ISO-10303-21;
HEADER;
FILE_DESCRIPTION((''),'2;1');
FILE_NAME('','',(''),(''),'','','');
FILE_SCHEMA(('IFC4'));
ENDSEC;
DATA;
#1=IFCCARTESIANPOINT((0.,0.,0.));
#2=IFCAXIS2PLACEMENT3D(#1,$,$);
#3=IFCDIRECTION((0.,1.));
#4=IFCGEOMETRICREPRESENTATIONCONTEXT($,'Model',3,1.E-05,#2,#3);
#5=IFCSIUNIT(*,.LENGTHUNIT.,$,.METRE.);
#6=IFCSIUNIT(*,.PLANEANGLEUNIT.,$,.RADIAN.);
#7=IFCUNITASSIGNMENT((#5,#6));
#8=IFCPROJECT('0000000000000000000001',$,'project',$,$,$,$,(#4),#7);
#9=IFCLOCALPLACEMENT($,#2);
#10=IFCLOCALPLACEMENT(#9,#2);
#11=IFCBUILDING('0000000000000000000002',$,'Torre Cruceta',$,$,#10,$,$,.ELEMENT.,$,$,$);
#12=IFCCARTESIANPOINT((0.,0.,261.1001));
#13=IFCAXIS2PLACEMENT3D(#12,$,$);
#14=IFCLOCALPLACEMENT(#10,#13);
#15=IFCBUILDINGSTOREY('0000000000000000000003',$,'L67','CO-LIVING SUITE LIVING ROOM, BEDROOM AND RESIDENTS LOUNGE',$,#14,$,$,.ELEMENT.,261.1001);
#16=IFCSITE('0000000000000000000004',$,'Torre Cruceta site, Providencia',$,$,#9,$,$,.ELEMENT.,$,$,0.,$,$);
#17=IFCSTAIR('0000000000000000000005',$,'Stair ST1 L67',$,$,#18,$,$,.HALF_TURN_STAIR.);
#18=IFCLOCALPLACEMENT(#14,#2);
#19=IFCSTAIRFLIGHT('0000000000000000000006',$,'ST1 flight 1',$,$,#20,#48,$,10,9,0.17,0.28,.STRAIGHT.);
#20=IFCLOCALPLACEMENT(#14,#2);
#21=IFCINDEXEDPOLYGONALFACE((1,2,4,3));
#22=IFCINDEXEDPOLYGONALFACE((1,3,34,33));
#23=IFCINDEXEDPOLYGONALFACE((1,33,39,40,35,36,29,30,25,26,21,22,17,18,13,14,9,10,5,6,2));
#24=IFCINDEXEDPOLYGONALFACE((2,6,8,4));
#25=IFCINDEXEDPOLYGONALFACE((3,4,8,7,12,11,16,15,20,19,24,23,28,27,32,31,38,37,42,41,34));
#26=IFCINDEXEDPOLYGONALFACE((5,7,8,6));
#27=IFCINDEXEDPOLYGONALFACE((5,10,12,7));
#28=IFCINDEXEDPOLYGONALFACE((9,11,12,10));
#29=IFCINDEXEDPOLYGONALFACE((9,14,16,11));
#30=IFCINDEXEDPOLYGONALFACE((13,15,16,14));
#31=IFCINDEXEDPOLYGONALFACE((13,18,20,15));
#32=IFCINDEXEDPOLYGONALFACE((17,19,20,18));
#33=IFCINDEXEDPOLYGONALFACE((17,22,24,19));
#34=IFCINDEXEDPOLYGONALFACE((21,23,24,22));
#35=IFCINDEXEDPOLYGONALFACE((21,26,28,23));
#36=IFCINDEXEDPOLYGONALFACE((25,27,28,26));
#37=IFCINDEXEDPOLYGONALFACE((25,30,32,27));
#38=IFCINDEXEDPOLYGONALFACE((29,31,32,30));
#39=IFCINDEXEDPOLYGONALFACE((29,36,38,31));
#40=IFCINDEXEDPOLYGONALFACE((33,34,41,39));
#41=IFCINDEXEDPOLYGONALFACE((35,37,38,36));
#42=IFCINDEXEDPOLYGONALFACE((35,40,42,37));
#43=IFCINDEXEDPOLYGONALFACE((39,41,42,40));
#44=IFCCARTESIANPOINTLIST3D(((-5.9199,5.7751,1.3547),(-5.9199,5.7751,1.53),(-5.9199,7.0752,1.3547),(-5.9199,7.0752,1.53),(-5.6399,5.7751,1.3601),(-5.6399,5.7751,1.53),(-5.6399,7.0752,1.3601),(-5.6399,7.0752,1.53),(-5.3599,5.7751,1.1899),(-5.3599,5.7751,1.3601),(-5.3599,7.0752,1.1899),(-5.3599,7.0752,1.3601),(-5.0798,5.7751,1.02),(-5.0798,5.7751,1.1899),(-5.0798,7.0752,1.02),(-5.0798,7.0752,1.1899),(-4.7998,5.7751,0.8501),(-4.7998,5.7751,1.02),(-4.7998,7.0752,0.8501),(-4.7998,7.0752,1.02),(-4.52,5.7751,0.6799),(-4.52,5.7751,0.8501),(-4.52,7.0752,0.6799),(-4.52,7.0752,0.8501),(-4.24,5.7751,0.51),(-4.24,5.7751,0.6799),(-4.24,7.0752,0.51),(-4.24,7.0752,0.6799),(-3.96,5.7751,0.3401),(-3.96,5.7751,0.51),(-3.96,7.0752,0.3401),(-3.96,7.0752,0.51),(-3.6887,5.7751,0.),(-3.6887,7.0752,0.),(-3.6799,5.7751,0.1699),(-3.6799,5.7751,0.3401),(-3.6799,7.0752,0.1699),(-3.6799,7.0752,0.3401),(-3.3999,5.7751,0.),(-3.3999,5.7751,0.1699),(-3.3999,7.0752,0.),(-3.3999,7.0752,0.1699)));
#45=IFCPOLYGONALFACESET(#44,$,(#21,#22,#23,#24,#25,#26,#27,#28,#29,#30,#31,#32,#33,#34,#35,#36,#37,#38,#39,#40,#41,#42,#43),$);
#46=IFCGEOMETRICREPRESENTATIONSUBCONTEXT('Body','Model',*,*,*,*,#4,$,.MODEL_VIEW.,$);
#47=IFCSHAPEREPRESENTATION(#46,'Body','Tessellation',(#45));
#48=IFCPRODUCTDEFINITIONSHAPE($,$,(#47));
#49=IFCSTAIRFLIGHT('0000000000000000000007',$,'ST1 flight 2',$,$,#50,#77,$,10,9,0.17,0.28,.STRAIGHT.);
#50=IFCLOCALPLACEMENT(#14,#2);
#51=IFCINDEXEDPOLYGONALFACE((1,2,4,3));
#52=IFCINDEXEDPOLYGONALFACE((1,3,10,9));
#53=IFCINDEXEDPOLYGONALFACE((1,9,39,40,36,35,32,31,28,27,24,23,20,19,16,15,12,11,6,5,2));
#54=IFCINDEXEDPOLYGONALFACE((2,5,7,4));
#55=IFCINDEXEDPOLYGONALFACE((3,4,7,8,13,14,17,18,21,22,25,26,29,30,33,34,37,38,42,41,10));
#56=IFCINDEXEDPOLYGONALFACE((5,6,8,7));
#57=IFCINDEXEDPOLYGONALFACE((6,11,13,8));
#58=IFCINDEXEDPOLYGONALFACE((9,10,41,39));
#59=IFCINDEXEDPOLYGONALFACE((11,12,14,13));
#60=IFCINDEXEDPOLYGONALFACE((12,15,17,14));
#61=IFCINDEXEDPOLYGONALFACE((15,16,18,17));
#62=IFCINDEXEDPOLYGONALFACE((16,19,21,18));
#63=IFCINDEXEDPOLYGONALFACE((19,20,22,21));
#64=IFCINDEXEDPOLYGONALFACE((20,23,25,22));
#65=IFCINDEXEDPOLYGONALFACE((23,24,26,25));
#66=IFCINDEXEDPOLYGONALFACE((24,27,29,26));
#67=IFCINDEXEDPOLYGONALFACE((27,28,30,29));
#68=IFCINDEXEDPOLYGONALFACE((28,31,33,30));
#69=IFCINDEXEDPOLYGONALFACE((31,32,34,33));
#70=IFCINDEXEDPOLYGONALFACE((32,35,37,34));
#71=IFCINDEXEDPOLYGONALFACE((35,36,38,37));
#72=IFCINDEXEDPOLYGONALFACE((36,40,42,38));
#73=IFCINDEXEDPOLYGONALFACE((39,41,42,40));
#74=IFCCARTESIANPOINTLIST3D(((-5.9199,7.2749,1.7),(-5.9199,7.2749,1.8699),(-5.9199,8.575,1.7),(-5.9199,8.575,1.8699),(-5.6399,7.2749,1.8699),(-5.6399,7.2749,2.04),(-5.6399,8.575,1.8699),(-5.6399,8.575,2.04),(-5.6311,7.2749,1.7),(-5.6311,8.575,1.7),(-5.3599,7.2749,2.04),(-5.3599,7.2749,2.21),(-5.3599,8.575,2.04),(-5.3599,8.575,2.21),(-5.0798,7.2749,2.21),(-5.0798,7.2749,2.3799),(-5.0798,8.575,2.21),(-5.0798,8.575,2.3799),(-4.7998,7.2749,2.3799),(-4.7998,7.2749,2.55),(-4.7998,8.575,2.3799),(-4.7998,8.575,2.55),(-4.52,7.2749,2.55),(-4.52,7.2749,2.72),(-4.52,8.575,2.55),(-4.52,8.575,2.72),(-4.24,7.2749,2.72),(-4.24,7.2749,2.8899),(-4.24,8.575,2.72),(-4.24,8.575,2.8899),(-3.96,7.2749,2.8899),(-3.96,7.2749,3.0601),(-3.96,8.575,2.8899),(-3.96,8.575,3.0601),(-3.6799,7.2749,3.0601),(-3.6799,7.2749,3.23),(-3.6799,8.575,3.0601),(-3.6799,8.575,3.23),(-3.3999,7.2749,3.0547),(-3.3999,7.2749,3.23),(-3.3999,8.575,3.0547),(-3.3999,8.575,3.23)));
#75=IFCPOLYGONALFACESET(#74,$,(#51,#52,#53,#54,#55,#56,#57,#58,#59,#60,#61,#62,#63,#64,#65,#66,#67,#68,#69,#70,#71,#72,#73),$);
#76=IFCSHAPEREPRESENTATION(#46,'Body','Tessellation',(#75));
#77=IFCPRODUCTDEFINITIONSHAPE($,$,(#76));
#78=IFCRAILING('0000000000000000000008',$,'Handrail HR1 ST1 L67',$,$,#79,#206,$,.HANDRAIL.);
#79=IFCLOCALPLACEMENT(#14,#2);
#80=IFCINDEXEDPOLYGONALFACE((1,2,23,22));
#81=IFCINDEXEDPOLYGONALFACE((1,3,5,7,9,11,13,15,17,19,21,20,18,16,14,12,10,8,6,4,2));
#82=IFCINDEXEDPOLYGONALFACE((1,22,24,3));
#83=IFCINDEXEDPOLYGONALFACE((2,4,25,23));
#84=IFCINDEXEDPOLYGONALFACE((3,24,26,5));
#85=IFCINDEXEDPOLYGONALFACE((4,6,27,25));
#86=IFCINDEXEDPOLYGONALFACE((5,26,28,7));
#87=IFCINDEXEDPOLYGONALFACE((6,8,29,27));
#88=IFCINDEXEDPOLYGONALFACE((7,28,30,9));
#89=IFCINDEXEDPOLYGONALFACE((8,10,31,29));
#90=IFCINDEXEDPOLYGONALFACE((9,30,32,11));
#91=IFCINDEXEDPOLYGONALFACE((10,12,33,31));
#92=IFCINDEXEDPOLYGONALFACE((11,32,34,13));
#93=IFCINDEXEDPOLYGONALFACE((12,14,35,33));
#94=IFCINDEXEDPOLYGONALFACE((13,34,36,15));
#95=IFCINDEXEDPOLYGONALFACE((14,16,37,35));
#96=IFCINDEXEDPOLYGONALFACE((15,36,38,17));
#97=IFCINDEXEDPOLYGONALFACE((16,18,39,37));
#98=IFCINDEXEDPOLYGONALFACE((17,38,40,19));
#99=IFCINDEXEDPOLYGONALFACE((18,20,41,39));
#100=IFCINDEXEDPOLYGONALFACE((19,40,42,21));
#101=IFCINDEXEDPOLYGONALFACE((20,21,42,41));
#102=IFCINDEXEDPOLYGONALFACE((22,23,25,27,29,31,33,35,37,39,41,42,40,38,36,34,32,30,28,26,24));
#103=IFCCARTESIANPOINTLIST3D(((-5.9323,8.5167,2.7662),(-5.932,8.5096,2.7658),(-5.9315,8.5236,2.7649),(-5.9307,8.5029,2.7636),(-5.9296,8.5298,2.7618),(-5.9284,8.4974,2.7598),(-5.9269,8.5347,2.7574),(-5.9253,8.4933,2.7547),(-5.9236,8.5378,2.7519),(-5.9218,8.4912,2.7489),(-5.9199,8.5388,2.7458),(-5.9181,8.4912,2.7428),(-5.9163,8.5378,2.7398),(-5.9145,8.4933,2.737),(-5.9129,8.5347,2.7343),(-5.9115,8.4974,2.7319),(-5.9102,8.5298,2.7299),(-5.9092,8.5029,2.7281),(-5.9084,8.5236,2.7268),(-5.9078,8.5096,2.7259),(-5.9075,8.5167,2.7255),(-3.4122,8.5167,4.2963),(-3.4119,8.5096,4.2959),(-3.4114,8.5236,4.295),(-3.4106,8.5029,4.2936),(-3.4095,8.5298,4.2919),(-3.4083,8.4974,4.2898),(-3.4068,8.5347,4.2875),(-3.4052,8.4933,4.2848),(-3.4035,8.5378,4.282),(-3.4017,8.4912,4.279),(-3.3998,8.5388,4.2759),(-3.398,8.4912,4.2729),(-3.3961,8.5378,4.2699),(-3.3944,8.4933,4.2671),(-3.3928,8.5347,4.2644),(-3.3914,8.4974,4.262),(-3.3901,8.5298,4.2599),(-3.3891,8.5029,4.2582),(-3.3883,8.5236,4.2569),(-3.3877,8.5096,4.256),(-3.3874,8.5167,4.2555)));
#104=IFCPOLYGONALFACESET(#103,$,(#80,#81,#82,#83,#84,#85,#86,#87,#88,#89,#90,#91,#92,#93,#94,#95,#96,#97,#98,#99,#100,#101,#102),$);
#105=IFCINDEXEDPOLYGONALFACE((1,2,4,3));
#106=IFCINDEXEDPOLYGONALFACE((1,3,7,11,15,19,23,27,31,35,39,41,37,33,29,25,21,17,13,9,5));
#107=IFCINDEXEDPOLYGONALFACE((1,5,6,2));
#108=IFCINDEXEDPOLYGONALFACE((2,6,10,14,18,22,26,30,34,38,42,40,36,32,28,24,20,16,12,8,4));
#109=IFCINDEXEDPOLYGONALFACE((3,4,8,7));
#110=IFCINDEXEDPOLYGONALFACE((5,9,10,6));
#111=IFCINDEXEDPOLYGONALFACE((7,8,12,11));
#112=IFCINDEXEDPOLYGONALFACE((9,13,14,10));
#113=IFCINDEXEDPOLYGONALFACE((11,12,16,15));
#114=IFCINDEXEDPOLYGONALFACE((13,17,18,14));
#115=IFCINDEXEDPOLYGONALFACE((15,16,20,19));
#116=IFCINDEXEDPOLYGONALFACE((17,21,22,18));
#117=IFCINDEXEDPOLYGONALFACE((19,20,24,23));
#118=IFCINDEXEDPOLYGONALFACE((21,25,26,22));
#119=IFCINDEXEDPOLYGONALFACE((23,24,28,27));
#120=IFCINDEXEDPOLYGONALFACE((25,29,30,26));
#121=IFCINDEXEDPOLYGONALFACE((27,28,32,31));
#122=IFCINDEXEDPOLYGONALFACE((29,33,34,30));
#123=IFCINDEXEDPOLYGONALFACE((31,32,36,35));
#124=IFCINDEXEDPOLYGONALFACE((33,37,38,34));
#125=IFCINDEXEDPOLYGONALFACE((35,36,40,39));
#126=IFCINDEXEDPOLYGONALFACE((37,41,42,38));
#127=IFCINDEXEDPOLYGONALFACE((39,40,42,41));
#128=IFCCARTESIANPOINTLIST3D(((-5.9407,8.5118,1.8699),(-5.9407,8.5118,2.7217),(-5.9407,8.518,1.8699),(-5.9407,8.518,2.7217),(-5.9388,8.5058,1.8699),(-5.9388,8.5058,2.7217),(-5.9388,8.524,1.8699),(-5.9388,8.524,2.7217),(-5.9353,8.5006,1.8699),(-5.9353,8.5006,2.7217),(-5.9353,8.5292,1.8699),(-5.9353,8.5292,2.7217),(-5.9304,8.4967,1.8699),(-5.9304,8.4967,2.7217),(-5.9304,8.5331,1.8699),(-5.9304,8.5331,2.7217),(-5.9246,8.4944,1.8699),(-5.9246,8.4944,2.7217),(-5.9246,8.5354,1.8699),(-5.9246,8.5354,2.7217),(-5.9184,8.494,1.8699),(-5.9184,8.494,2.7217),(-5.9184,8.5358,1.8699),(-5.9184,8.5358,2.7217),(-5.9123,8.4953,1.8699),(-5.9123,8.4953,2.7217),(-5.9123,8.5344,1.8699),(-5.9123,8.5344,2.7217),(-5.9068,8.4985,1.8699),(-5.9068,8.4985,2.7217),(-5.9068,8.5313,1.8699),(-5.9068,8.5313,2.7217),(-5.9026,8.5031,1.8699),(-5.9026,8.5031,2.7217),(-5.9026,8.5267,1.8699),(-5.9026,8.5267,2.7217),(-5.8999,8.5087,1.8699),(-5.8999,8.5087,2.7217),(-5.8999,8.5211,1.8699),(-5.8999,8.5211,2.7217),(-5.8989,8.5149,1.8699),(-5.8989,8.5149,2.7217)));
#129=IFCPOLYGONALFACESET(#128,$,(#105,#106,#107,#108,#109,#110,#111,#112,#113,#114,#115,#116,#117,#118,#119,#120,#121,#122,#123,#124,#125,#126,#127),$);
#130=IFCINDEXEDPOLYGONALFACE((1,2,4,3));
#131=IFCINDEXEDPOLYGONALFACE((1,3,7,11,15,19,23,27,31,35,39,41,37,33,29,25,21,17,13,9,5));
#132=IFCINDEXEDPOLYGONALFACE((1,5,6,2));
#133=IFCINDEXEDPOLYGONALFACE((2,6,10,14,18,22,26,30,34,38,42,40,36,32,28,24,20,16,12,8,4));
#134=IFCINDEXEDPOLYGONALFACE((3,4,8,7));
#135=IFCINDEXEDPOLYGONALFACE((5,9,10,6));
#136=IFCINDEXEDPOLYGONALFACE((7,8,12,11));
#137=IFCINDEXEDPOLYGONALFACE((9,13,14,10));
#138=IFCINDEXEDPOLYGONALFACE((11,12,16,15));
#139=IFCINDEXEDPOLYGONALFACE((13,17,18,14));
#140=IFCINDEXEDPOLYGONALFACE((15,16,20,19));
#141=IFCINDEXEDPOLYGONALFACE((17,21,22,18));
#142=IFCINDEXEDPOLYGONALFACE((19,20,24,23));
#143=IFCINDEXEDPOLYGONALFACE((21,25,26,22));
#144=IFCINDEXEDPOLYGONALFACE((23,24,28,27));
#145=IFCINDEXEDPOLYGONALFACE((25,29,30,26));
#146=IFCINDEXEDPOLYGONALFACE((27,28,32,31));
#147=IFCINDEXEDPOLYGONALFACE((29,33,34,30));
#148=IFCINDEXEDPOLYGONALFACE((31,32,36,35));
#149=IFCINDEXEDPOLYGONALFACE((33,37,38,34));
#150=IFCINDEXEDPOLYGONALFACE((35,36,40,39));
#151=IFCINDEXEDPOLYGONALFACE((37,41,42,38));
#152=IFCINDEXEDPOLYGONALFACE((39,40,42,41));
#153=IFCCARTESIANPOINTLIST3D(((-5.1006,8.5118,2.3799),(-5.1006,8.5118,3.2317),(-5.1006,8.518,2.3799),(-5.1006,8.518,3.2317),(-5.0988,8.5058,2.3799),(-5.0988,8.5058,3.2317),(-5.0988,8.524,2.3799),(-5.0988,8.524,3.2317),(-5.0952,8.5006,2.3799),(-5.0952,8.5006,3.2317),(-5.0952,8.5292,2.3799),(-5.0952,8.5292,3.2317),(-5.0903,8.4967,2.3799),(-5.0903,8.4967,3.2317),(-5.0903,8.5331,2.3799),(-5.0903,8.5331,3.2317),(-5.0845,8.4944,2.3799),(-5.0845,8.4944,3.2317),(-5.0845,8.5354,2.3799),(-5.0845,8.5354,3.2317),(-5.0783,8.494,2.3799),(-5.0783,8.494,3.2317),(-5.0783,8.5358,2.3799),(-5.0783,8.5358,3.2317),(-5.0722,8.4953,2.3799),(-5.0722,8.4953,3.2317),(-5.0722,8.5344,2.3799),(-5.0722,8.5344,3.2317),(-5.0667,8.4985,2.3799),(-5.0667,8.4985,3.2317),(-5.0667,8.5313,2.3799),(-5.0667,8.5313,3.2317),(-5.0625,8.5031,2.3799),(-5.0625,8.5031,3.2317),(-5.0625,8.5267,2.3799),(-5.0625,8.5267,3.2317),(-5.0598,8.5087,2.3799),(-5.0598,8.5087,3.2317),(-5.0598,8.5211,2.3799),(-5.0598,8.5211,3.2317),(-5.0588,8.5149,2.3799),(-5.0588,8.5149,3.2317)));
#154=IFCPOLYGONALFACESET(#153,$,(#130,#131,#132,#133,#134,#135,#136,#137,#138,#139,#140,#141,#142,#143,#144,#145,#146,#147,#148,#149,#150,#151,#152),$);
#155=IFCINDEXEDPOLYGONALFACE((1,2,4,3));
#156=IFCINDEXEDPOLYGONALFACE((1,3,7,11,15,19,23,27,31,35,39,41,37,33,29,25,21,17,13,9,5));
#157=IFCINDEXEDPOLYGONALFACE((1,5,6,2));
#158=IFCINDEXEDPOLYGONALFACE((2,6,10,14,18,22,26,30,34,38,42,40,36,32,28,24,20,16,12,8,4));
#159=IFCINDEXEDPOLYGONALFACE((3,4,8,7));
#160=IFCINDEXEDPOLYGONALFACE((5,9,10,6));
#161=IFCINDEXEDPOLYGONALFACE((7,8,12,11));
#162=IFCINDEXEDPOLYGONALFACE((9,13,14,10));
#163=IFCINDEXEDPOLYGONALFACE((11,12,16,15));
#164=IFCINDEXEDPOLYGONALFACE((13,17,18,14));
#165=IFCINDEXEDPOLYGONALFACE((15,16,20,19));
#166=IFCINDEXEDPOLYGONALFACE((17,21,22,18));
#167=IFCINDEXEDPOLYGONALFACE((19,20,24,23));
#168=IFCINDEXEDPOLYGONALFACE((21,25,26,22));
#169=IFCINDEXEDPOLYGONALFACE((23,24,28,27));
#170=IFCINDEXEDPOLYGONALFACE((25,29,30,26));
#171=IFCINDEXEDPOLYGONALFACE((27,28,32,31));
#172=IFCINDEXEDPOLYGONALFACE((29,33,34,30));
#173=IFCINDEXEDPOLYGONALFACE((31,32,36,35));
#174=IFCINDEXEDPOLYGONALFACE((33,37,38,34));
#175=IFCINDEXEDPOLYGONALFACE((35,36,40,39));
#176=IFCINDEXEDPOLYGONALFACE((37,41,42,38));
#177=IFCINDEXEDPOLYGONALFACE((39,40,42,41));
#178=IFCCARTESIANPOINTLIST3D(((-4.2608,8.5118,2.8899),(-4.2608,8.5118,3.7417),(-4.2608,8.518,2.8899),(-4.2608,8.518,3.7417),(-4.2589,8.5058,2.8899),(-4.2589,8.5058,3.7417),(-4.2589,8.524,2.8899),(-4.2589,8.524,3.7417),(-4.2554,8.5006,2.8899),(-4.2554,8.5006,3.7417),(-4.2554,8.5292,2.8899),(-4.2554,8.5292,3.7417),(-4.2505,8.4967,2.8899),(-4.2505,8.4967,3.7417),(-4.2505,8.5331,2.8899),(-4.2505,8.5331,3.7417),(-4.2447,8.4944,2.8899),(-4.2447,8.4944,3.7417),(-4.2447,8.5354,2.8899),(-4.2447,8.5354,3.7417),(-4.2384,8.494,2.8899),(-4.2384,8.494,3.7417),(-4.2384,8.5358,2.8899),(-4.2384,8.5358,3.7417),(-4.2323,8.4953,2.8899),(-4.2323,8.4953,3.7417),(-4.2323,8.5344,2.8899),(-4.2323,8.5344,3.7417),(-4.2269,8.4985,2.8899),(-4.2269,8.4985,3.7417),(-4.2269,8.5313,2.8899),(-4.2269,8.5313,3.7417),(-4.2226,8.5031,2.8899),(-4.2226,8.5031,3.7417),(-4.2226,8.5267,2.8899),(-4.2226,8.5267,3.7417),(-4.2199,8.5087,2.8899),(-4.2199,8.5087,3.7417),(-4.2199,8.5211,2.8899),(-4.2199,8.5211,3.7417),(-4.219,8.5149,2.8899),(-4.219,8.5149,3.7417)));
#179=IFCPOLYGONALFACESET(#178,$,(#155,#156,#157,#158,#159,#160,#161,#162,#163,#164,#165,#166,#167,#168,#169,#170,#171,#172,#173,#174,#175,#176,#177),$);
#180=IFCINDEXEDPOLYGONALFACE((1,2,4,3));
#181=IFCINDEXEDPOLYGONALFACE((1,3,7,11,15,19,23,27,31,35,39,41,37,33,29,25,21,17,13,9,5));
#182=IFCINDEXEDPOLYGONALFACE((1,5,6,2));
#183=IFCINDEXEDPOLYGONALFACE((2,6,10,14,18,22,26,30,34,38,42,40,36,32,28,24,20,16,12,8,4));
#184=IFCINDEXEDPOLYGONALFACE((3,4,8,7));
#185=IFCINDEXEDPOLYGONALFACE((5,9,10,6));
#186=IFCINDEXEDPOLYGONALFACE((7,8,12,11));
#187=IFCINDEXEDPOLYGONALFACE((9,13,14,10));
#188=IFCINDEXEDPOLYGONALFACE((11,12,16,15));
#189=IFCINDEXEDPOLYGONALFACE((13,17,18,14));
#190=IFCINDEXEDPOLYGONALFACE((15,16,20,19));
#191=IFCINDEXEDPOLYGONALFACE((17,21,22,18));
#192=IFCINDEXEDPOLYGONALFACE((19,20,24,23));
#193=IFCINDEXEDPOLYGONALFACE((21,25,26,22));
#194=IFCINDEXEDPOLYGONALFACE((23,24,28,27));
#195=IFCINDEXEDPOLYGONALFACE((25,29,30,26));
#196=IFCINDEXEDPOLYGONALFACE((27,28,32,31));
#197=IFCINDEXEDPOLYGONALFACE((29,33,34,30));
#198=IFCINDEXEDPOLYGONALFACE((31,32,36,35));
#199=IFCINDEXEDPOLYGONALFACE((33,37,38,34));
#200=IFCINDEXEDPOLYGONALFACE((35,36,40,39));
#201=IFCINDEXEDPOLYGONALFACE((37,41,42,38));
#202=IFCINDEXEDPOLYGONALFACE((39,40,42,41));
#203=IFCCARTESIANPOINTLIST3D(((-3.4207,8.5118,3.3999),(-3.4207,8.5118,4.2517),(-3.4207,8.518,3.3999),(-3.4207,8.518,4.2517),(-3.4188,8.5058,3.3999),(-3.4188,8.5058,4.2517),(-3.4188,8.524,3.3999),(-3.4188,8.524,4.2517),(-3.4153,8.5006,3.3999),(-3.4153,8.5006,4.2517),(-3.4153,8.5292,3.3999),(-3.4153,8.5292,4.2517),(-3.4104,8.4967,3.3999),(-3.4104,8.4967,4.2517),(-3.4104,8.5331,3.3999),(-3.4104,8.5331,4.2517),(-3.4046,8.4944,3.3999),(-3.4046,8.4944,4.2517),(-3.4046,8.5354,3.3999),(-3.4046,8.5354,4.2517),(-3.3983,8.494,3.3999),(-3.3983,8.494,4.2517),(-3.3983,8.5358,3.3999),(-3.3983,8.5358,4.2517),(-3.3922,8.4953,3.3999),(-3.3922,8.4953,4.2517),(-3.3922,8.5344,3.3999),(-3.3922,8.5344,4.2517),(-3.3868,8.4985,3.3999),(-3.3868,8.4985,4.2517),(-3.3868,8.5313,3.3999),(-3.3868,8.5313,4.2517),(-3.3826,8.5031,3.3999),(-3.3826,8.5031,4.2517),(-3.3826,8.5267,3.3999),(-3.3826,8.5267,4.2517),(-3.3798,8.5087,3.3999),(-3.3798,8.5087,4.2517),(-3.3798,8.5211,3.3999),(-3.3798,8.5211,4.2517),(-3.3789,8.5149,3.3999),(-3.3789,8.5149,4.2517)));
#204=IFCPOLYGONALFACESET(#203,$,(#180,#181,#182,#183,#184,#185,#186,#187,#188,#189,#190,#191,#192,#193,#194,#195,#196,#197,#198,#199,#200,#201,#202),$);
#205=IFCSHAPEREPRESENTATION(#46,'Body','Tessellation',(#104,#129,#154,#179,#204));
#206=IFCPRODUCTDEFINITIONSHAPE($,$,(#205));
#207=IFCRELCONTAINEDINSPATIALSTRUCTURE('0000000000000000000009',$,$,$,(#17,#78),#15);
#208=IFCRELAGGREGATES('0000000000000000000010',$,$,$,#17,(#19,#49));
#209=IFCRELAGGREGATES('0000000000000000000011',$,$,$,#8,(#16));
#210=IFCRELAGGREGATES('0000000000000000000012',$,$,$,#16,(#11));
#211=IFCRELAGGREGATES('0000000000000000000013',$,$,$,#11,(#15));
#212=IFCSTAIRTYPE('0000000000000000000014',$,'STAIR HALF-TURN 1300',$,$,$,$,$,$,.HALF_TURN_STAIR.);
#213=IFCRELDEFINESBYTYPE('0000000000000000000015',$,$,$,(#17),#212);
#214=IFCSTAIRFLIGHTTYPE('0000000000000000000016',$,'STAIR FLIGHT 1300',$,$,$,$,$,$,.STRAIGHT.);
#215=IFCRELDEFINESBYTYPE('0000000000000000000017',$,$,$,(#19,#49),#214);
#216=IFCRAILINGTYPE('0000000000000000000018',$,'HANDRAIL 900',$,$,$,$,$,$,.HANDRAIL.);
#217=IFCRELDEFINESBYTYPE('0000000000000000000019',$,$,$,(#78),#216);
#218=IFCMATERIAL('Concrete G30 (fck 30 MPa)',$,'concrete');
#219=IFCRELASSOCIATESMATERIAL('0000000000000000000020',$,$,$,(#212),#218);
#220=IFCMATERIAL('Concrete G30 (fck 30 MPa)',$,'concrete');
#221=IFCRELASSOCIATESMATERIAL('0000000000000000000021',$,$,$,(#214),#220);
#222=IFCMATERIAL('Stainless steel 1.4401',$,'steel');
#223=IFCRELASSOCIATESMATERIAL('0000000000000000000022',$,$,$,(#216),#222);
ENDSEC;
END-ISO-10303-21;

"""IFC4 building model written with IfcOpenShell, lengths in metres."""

from ifc_helpers import new_model, si_unit, direction, frame, origin, origin_2d, place, context, subcontext, project, spatial, polyline, circle, outline, extrude, material, type_object, element, aggregate, save


model = new_model("IFC4")

# Units and contexts
model_context = context("Model", 3, precision=1e-05, world=origin(), true_north=direction((0.0, 1.0)))
body_context = subcontext(model_context, "Body", "Model", "MODEL_VIEW")
ifc_project = project(units=[si_unit("LENGTHUNIT", "METRE"), si_unit("PLANEANGLEUNIT", "RADIAN")], contexts=[model_context])

# Site, building, storey
site_placement = place(None, origin())
site = spatial("IfcSite", under=ifc_project, at=site_placement, Name="Torre Cruceta site, Providencia", CompositionType="ELEMENT", RefElevation=0.0)
building_placement = place(site_placement, origin())
building = spatial("IfcBuilding", under=site, at=building_placement, Name="Torre Cruceta", CompositionType="ELEMENT")
storey_placement = place(building_placement, frame((0.0, 0.0, 261.1001)))
storey = spatial("IfcBuildingStorey", under=building, at=storey_placement, Name="L67", Description="CO-LIVING SUITE LIVING ROOM, BEDROOM AND RESIDENTS LOUNGE", CompositionType="ELEMENT", Elevation=261.1001)

# Stair
ifc_material_1 = material(Name="Concrete G30 (fck 30 MPa)", Category="concrete")
stair_type = type_object("IfcStairType", Name="STAIR HALF-TURN 1300", PredefinedType="HALF_TURN_STAIR", material=ifc_material_1)
stair_placement = place(storey_placement, origin())
stair = element("IfcStair", 1, at=stair_placement, inside=storey, type_object=stair_type, Name="Stair ST1 L67", PredefinedType="HALF_TURN_STAIR")

# Stair flights
ifc_material_2 = material(Name="Concrete G30 (fck 30 MPa)", Category="concrete")
stair_flight_type = type_object("IfcStairFlightType", Name="STAIR FLIGHT 1300", PredefinedType="STRAIGHT", material=ifc_material_2)
stair_flight_1_placement = place(storey_placement, frame((-3.3999, 6.425, 0.0), z_axis=(0.0, 0.0, 1.0), x_axis=(-1.0, 0.0, 0.0)))
stair_flight_1 = element("IfcStairFlight", 2, at=stair_flight_1_placement, type_object=stair_flight_type, Name="ST1 flight 1", NumberOfRisers=10, NumberOfTreads=9, PredefinedType="STRAIGHT", RiserHeight=0.17, TreadLength=0.28, context=body_context, shape_type="SweptSolid", body=[
    extrude(outline(polyline([(0.0, 0.0), (0.0, 0.1699), (0.28, 0.1699), (0.28, 0.3401), (0.5601, 0.3401), (0.5601, 0.51), (0.8401, 0.51), (0.8401, 0.6799), (1.1201, 0.6799), (1.1201, 0.8501), (1.3999, 0.8501), (1.3999, 1.02), (1.6799, 1.02), (1.6799, 1.1899), (1.96, 1.1899), (1.96, 1.3601), (2.24, 1.3601), (2.24, 1.53), (2.52, 1.53), (2.52, 1.7), (2.52, 1.3547), (0.2888, 0.0), (0.0, 0.0)])), frame((0.0, 0.6499, 0.0), z_axis=(0.0, -1.0, 0.0), x_axis=(1.0, 0.0, 0.0)), (0.0, 0.0, 1.0), 1.3),
])
stair_flight_2_placement = place(storey_placement, frame((-5.9199, 7.925, 1.7), z_axis=(0.0, 0.0, 1.0), x_axis=(1.0, 0.0, 0.0)))
stair_flight_2 = element("IfcStairFlight", 3, at=stair_flight_2_placement, type_object=stair_flight_type, Name="ST1 flight 2", NumberOfRisers=10, NumberOfTreads=9, PredefinedType="STRAIGHT", RiserHeight=0.17, TreadLength=0.28, context=body_context, shape_type="SweptSolid", body=[
    extrude(outline(polyline([(0.0, 0.0), (0.0, 0.1699), (0.28, 0.1699), (0.28, 0.3401), (0.5601, 0.3401), (0.5601, 0.51), (0.8401, 0.51), (0.8401, 0.6799), (1.1201, 0.6799), (1.1201, 0.8501), (1.3999, 0.8501), (1.3999, 1.02), (1.6799, 1.02), (1.6799, 1.1899), (1.96, 1.1899), (1.96, 1.3601), (2.24, 1.3601), (2.24, 1.53), (2.52, 1.53), (2.52, 1.7), (2.52, 1.3547), (0.2888, 0.0), (0.0, 0.0)])), frame((0.0, 0.6499, 0.0), z_axis=(0.0, -1.0, 0.0), x_axis=(1.0, 0.0, 0.0)), (0.0, 0.0, 1.0), 1.3),
])
aggregate(stair, [stair_flight_1, stair_flight_2])

# Railing
ifc_material_3 = material(Name="Stainless steel 1.4401", Category="steel")
railing_type = type_object("IfcRailingType", Name="HANDRAIL 900", PredefinedType="HANDRAIL", material=ifc_material_3)
railing_1_placement = place(storey_placement, frame((-5.9199, 8.5149, 1.8699)))
element("IfcRailing", 4, at=railing_1_placement, inside=storey, type_object=railing_type, Name="Handrail HR1 ST1 L67", PredefinedType="HANDRAIL", context=body_context, shape_type="SweptSolid", body=[
    extrude(circle(Radius=0.0239, at=origin_2d()), frame((0.0, 0.0, 0.876), z_axis=(0.854785, 0.0, 0.518982), x_axis=(0.0, 1.0, 0.0)), (0.0, 0.0, 1.0), 2.9482),
    extrude(circle(Radius=0.021, at=origin_2d()), origin(), (0.0, 0.0, 1.0), 0.8518),
    extrude(circle(Radius=0.021, at=origin_2d()), frame((0.8401, 0.0, 0.51)), (0.0, 0.0, 1.0), 0.8518),
    extrude(circle(Radius=0.021, at=origin_2d()), frame((1.6799, 0.0, 1.02)), (0.0, 0.0, 1.0), 0.8518),
    extrude(circle(Radius=0.021, at=origin_2d()), frame((2.52, 0.0, 1.53)), (0.0, 0.0, 1.0), 0.8518),
])

save(model, "model.ifc")
